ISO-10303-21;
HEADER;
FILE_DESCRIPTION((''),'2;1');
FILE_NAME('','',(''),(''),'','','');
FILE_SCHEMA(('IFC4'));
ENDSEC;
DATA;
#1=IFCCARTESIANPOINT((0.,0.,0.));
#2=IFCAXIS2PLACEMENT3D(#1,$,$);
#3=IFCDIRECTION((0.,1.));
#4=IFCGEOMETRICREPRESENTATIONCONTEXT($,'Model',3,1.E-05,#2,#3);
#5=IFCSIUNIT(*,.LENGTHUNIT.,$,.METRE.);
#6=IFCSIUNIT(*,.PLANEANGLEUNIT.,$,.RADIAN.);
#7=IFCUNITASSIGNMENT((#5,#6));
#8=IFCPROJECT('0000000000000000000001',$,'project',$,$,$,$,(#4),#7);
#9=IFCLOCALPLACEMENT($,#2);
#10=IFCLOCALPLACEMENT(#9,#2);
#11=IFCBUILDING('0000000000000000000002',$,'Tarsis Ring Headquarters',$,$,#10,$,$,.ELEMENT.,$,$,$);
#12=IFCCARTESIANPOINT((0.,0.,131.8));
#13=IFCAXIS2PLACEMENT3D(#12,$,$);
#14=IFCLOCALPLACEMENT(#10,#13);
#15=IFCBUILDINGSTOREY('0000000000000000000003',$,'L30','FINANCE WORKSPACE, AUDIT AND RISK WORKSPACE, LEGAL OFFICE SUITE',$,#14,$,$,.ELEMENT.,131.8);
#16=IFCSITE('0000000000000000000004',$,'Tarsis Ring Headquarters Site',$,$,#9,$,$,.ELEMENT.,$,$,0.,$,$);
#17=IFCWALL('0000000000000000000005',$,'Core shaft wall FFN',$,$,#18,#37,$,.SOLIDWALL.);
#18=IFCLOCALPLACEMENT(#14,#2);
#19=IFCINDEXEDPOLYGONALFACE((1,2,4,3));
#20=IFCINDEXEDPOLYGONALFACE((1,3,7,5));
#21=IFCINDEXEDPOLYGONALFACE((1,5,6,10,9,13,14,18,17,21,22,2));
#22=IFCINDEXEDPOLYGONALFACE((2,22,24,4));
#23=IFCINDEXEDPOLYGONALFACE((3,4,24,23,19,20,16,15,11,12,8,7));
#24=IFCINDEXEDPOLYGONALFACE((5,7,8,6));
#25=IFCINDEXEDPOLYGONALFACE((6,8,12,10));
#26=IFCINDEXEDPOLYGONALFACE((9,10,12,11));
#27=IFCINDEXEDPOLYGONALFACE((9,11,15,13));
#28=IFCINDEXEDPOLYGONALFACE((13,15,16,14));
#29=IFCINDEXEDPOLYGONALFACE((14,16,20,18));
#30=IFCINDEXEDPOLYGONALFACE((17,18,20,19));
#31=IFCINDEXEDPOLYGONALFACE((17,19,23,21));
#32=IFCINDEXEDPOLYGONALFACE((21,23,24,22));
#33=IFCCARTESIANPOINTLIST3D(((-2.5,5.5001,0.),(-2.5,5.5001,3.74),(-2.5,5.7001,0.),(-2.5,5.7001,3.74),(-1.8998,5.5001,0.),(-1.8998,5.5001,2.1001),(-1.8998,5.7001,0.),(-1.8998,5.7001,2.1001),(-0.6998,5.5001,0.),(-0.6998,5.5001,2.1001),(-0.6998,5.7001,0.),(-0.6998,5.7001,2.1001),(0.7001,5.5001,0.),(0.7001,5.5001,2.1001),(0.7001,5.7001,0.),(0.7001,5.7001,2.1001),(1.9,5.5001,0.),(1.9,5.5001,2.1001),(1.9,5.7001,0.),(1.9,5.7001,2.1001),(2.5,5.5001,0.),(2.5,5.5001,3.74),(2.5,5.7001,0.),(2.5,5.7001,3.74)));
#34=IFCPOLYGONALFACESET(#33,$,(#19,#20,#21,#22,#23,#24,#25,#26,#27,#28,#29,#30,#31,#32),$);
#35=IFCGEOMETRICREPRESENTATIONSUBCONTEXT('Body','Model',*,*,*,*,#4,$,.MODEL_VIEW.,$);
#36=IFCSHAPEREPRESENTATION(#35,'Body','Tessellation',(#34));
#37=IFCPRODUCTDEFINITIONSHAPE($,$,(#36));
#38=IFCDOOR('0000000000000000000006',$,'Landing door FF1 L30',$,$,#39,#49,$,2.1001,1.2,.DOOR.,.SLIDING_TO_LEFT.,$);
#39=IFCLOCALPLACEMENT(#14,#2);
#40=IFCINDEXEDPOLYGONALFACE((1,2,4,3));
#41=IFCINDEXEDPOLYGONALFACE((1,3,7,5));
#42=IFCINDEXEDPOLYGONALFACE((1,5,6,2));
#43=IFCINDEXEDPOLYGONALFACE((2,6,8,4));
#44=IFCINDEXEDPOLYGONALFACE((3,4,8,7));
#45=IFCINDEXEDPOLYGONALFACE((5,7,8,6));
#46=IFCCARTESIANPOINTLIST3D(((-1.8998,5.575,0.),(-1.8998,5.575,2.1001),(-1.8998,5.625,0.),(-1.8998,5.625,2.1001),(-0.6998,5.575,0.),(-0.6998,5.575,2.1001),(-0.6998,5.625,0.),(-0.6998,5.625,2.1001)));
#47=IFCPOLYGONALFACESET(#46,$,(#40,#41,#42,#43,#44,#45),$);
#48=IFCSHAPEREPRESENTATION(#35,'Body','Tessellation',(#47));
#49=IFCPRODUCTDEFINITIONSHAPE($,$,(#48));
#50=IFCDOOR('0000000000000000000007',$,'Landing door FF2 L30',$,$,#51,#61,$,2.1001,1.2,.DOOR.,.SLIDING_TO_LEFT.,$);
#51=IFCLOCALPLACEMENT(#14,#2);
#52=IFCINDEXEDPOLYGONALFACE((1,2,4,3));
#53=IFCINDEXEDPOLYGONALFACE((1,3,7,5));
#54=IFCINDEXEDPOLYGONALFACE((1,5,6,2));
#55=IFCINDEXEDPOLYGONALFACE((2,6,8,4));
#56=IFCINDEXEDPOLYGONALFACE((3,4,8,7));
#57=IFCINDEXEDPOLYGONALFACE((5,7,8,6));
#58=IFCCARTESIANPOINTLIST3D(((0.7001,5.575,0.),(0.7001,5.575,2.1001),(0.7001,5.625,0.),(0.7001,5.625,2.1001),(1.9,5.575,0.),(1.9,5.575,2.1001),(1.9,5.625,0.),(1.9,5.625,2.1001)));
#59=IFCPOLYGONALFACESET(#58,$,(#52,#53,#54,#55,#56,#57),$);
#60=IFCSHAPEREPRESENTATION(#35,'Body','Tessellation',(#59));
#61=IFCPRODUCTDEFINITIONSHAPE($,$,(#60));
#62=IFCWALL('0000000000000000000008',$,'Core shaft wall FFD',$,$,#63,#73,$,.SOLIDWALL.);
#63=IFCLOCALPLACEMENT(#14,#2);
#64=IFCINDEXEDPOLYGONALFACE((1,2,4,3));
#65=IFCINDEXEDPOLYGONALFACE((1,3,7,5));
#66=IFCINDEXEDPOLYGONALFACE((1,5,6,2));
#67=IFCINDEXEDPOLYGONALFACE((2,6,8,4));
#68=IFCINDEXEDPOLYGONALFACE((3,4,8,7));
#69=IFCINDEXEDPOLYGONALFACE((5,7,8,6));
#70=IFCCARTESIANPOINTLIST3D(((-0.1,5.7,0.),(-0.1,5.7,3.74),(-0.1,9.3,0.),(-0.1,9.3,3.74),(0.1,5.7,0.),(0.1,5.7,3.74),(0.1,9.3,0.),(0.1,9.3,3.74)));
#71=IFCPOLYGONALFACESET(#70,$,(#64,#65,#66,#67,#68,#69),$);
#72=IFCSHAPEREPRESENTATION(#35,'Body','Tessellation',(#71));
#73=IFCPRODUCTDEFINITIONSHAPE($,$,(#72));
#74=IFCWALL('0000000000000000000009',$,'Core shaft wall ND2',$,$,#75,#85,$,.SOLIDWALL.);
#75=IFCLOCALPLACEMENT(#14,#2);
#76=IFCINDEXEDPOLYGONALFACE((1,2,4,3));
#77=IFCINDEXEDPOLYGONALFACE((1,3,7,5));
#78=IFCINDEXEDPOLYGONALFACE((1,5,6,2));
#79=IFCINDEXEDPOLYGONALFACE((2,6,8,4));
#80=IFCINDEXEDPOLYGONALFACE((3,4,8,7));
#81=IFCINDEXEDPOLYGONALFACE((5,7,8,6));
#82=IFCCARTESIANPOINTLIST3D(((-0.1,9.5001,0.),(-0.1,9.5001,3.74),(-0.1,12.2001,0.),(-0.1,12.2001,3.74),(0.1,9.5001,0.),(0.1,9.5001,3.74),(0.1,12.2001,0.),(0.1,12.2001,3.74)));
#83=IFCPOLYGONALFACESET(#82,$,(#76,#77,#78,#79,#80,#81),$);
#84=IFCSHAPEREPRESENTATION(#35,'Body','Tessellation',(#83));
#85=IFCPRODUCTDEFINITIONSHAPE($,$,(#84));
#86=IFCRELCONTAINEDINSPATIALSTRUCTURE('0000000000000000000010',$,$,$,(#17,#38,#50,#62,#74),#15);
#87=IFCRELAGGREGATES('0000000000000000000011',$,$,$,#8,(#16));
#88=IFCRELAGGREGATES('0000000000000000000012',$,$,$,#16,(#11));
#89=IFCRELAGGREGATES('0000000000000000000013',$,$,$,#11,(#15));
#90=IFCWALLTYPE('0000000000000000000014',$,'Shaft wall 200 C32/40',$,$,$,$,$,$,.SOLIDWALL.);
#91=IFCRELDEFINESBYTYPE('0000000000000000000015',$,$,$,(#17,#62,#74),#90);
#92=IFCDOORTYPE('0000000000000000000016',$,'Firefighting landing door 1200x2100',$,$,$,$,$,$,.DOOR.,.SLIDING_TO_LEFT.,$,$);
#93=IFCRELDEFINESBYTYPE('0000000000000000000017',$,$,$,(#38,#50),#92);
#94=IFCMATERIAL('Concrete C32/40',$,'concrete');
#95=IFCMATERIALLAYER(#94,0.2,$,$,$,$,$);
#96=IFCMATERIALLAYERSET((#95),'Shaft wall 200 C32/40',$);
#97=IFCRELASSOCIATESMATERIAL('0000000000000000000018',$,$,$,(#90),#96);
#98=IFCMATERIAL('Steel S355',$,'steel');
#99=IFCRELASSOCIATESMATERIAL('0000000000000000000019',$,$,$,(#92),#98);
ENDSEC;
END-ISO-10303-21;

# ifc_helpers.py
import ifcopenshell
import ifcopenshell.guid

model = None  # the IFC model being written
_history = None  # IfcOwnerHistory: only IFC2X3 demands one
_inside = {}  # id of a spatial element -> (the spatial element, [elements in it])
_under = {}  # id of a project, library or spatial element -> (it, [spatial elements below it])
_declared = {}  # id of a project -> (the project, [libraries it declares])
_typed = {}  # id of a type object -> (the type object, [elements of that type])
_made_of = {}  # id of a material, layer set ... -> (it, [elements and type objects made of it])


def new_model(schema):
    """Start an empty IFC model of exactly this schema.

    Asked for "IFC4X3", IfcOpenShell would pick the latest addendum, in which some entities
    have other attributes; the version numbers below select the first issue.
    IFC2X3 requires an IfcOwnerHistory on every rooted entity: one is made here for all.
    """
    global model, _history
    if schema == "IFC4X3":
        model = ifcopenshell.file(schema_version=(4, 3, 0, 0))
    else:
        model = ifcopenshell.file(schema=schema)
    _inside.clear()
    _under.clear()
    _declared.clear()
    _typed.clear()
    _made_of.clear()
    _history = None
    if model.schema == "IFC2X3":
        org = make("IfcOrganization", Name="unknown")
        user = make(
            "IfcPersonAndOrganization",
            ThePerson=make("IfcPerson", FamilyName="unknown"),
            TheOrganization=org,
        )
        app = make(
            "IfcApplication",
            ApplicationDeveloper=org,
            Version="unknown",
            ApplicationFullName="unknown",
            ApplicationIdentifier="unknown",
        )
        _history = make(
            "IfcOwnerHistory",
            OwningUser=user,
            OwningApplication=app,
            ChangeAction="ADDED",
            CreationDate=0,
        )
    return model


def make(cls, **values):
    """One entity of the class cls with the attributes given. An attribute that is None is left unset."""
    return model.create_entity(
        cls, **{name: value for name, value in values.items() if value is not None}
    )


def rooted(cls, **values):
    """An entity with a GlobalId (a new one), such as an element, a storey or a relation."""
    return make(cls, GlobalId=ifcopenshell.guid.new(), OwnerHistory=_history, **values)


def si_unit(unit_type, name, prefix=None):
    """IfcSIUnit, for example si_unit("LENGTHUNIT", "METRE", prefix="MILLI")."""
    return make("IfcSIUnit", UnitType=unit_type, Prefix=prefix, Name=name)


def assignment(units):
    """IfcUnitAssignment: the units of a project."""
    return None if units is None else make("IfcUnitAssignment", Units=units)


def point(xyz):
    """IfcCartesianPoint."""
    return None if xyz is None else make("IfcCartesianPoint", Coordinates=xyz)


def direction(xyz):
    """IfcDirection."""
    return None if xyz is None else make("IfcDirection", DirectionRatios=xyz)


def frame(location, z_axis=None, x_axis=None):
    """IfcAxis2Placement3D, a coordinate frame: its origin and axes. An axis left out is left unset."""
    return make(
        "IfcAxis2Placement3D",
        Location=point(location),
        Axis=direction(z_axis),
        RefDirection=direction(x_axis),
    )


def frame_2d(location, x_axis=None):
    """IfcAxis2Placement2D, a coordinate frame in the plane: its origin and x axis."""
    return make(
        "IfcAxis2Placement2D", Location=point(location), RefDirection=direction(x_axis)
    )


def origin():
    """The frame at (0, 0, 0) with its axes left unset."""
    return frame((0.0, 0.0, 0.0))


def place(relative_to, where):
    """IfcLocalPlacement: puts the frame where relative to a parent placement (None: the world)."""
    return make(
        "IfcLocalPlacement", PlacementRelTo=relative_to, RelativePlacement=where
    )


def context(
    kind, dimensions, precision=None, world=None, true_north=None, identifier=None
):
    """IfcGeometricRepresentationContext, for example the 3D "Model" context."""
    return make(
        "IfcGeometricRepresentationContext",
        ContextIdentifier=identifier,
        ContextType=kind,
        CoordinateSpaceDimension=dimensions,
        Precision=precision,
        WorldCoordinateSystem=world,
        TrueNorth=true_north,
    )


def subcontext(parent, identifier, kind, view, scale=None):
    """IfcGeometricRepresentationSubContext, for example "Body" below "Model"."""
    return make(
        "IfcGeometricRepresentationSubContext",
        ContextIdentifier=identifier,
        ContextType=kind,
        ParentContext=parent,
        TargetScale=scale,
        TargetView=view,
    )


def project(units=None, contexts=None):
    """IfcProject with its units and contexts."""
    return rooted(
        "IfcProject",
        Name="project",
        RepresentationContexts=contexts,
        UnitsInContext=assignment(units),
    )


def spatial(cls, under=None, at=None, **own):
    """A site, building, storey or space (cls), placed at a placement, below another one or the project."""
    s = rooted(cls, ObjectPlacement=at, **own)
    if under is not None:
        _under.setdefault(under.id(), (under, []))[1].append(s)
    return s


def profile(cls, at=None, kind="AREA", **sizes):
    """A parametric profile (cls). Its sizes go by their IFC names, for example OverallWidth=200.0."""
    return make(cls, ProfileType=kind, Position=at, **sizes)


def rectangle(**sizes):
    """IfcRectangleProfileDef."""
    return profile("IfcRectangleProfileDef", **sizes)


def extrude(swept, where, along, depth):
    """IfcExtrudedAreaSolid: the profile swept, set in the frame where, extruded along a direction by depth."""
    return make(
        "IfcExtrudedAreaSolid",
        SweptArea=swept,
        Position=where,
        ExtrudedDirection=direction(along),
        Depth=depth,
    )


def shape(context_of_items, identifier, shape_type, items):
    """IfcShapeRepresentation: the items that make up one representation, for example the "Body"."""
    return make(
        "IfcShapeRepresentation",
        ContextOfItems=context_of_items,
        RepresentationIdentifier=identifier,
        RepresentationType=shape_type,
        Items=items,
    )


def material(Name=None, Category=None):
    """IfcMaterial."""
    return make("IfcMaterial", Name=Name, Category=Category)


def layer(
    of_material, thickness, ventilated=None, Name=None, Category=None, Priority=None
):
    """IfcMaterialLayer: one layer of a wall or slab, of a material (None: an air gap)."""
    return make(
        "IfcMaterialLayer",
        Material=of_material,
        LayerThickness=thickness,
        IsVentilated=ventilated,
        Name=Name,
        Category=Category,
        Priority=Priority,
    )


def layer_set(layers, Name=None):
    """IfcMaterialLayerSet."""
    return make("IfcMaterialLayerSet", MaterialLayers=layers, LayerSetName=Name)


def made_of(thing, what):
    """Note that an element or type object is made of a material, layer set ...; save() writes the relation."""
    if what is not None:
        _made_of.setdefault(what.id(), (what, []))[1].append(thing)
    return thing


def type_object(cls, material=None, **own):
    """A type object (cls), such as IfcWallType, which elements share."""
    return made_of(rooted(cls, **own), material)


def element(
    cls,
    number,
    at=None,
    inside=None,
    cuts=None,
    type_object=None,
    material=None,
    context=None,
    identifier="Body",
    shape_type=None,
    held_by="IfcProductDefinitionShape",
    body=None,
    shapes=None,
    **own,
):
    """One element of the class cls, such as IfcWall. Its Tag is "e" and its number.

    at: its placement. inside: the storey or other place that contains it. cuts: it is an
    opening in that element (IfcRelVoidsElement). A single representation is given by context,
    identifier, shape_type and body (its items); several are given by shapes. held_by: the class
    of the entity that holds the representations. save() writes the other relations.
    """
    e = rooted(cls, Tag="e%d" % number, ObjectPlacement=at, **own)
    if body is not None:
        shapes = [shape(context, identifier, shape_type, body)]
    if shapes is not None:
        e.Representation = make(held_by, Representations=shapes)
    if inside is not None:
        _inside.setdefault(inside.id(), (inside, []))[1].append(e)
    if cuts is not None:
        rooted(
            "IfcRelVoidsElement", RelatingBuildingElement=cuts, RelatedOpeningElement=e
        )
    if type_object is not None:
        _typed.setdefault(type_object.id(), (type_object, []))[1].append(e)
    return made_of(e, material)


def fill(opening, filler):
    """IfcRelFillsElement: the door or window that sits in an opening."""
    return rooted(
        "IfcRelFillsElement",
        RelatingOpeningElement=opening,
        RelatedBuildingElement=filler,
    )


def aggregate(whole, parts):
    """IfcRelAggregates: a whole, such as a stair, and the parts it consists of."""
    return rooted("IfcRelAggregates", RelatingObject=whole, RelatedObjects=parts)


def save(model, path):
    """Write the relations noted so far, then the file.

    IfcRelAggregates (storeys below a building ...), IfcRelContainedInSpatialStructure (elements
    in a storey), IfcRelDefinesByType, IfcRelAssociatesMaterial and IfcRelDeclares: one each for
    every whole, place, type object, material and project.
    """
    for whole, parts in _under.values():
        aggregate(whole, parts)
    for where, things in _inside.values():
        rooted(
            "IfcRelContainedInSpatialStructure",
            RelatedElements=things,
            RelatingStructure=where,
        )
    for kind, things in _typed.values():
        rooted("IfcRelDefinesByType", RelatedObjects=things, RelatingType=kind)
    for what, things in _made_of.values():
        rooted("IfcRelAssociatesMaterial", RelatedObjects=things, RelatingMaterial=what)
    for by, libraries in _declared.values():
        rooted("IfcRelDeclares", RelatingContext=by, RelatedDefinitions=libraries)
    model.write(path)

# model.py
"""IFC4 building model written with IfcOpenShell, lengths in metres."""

from ifc_helpers import new_model, si_unit, direction, frame, frame_2d, origin, place, context, subcontext, project, spatial, rectangle, extrude, material, layer, layer_set, type_object, element, fill, save


model = new_model("IFC4")

# Units and contexts
model_context = context("Model", 3, precision=1e-05, world=origin(), true_north=direction((0.0, 1.0)))
body_context = subcontext(model_context, "Body", "Model", "MODEL_VIEW")
ifc_project = project(units=[si_unit("LENGTHUNIT", "METRE"), si_unit("PLANEANGLEUNIT", "RADIAN")], contexts=[model_context])

# Site, building, storey
site_placement = place(None, origin())
site = spatial("IfcSite", under=ifc_project, at=site_placement, Name="Tarsis Ring Headquarters Site", CompositionType="ELEMENT", RefElevation=0.0)
building_placement = place(site_placement, origin())
building = spatial("IfcBuilding", under=site, at=building_placement, Name="Tarsis Ring Headquarters", CompositionType="ELEMENT")
storey_placement = place(building_placement, frame((0.0, 0.0, 131.8)))
storey = spatial("IfcBuildingStorey", under=building, at=storey_placement, Name="L30", Description="FINANCE WORKSPACE, AUDIT AND RISK WORKSPACE, LEGAL OFFICE SUITE", CompositionType="ELEMENT", Elevation=131.8)

# Shared definitions
ifc_material_1 = material(Name="Concrete C32/40", Category="concrete")

# Shared definitions
ifc_layer_1 = layer(ifc_material_1, 0.2)
ifc_layer_set_1 = layer_set([ifc_layer_1], Name="Shaft wall 200 C32/40")
wall_type_1 = type_object("IfcWallType", Name="Shaft wall 200 C32/40", PredefinedType="SOLIDWALL", material=ifc_layer_set_1)
ifc_material_2 = material(Name="Steel S355", Category="steel")

# Wall, openings, doors
wall_1_placement = place(storey_placement, frame((-2.5, 5.6001, 0.0), z_axis=(0.0, 0.0, 1.0), x_axis=(1.0, 0.0, 0.0)))
wall_1 = element("IfcWall", 1, at=wall_1_placement, inside=storey, type_object=wall_type_1, Name="Core shaft wall FFN", PredefinedType="SOLIDWALL", context=body_context, shape_type="SweptSolid", body=[
    extrude(rectangle(XDim=5.0, YDim=0.2, at=frame_2d((2.5, 0.0))), origin(), (0.0, 0.0, 1.0), 3.74),
])
opening_1_placement = place(wall_1_placement, frame((0.6001, 0.0, 0.0)))
opening_1 = element("IfcOpeningElement", 2, at=opening_1_placement, cuts=wall_1, PredefinedType="OPENING", context=body_context, shape_type="SweptSolid", body=[
    extrude(rectangle(XDim=1.2, YDim=2.1001, at=frame_2d((0.6001, 1.05))), frame((0.0, 0.1099, 0.0), z_axis=(0.0, -1.0, 0.0), x_axis=(1.0, 0.0, 0.0)), (0.0, 0.0, 1.0), 0.22),
])
opening_2_placement = place(wall_1_placement, frame((3.2, 0.0, 0.0)))
opening_2 = element("IfcOpeningElement", 3, at=opening_2_placement, cuts=wall_1, PredefinedType="OPENING", context=body_context, shape_type="SweptSolid", body=[
    extrude(rectangle(XDim=1.2, YDim=2.1001, at=frame_2d((0.6001, 1.05))), frame((0.0, 0.1099, 0.0), z_axis=(0.0, -1.0, 0.0), x_axis=(1.0, 0.0, 0.0)), (0.0, 0.0, 1.0), 0.22),
])
door_type_1 = type_object("IfcDoorType", Name="Firefighting landing door 1200x2100", OperationType="SLIDING_TO_LEFT", PredefinedType="DOOR", material=ifc_material_2)
door_1_placement = place(opening_1_placement, origin())
door_1 = element("IfcDoor", 4, at=door_1_placement, inside=storey, type_object=door_type_1, Name="Landing door FF1 L30", OperationType="SLIDING_TO_LEFT", OverallHeight=2.1001, OverallWidth=1.2, PredefinedType="DOOR", context=body_context, shape_type="SweptSolid", body=[
    extrude(rectangle(XDim=1.2, YDim=2.1001, at=frame_2d((0.6001, 1.05))), frame((0.0, 0.0249, 0.0), z_axis=(0.0, -1.0, 0.0), x_axis=(1.0, 0.0, 0.0)), (0.0, 0.0, 1.0), 0.05),
])
fill(opening_1, door_1)
door_2_placement = place(opening_2_placement, origin())
door_2 = element("IfcDoor", 5, at=door_2_placement, inside=storey, type_object=door_type_1, Name="Landing door FF2 L30", OperationType="SLIDING_TO_LEFT", OverallHeight=2.1001, OverallWidth=1.2, PredefinedType="DOOR", context=body_context, shape_type="SweptSolid", body=[
    extrude(rectangle(XDim=1.2, YDim=2.1001, at=frame_2d((0.6001, 1.05))), frame((0.0, 0.0249, 0.0), z_axis=(0.0, -1.0, 0.0), x_axis=(1.0, 0.0, 0.0)), (0.0, 0.0, 1.0), 0.05),
])
fill(opening_2, door_2)

# Walls
wall_2_placement = place(storey_placement, frame((0.0, 5.7, 0.0), z_axis=(0.0, 0.0, 1.0), x_axis=(0.0, 1.0, 0.0)))
element("IfcWall", 6, at=wall_2_placement, inside=storey, type_object=wall_type_1, Name="Core shaft wall FFD", PredefinedType="SOLIDWALL", context=body_context, shape_type="SweptSolid", body=[
    extrude(rectangle(XDim=3.6001, YDim=0.2, at=frame_2d((1.8, 0.0))), origin(), (0.0, 0.0, 1.0), 3.74),
])
wall_3_placement = place(storey_placement, frame((0.0, 9.5, 0.0), z_axis=(0.0, 0.0, 1.0), x_axis=(0.0, 1.0, 0.0)))
element("IfcWall", 7, at=wall_3_placement, inside=storey, type_object=wall_type_1, Name="Core shaft wall ND2", PredefinedType="SOLIDWALL", context=body_context, shape_type="SweptSolid", body=[
    extrude(rectangle(XDim=2.7, YDim=0.2, at=frame_2d((1.3501, 0.0))), origin(), (0.0, 0.0, 1.0), 3.74),
])

save(model, "model.ifc")
